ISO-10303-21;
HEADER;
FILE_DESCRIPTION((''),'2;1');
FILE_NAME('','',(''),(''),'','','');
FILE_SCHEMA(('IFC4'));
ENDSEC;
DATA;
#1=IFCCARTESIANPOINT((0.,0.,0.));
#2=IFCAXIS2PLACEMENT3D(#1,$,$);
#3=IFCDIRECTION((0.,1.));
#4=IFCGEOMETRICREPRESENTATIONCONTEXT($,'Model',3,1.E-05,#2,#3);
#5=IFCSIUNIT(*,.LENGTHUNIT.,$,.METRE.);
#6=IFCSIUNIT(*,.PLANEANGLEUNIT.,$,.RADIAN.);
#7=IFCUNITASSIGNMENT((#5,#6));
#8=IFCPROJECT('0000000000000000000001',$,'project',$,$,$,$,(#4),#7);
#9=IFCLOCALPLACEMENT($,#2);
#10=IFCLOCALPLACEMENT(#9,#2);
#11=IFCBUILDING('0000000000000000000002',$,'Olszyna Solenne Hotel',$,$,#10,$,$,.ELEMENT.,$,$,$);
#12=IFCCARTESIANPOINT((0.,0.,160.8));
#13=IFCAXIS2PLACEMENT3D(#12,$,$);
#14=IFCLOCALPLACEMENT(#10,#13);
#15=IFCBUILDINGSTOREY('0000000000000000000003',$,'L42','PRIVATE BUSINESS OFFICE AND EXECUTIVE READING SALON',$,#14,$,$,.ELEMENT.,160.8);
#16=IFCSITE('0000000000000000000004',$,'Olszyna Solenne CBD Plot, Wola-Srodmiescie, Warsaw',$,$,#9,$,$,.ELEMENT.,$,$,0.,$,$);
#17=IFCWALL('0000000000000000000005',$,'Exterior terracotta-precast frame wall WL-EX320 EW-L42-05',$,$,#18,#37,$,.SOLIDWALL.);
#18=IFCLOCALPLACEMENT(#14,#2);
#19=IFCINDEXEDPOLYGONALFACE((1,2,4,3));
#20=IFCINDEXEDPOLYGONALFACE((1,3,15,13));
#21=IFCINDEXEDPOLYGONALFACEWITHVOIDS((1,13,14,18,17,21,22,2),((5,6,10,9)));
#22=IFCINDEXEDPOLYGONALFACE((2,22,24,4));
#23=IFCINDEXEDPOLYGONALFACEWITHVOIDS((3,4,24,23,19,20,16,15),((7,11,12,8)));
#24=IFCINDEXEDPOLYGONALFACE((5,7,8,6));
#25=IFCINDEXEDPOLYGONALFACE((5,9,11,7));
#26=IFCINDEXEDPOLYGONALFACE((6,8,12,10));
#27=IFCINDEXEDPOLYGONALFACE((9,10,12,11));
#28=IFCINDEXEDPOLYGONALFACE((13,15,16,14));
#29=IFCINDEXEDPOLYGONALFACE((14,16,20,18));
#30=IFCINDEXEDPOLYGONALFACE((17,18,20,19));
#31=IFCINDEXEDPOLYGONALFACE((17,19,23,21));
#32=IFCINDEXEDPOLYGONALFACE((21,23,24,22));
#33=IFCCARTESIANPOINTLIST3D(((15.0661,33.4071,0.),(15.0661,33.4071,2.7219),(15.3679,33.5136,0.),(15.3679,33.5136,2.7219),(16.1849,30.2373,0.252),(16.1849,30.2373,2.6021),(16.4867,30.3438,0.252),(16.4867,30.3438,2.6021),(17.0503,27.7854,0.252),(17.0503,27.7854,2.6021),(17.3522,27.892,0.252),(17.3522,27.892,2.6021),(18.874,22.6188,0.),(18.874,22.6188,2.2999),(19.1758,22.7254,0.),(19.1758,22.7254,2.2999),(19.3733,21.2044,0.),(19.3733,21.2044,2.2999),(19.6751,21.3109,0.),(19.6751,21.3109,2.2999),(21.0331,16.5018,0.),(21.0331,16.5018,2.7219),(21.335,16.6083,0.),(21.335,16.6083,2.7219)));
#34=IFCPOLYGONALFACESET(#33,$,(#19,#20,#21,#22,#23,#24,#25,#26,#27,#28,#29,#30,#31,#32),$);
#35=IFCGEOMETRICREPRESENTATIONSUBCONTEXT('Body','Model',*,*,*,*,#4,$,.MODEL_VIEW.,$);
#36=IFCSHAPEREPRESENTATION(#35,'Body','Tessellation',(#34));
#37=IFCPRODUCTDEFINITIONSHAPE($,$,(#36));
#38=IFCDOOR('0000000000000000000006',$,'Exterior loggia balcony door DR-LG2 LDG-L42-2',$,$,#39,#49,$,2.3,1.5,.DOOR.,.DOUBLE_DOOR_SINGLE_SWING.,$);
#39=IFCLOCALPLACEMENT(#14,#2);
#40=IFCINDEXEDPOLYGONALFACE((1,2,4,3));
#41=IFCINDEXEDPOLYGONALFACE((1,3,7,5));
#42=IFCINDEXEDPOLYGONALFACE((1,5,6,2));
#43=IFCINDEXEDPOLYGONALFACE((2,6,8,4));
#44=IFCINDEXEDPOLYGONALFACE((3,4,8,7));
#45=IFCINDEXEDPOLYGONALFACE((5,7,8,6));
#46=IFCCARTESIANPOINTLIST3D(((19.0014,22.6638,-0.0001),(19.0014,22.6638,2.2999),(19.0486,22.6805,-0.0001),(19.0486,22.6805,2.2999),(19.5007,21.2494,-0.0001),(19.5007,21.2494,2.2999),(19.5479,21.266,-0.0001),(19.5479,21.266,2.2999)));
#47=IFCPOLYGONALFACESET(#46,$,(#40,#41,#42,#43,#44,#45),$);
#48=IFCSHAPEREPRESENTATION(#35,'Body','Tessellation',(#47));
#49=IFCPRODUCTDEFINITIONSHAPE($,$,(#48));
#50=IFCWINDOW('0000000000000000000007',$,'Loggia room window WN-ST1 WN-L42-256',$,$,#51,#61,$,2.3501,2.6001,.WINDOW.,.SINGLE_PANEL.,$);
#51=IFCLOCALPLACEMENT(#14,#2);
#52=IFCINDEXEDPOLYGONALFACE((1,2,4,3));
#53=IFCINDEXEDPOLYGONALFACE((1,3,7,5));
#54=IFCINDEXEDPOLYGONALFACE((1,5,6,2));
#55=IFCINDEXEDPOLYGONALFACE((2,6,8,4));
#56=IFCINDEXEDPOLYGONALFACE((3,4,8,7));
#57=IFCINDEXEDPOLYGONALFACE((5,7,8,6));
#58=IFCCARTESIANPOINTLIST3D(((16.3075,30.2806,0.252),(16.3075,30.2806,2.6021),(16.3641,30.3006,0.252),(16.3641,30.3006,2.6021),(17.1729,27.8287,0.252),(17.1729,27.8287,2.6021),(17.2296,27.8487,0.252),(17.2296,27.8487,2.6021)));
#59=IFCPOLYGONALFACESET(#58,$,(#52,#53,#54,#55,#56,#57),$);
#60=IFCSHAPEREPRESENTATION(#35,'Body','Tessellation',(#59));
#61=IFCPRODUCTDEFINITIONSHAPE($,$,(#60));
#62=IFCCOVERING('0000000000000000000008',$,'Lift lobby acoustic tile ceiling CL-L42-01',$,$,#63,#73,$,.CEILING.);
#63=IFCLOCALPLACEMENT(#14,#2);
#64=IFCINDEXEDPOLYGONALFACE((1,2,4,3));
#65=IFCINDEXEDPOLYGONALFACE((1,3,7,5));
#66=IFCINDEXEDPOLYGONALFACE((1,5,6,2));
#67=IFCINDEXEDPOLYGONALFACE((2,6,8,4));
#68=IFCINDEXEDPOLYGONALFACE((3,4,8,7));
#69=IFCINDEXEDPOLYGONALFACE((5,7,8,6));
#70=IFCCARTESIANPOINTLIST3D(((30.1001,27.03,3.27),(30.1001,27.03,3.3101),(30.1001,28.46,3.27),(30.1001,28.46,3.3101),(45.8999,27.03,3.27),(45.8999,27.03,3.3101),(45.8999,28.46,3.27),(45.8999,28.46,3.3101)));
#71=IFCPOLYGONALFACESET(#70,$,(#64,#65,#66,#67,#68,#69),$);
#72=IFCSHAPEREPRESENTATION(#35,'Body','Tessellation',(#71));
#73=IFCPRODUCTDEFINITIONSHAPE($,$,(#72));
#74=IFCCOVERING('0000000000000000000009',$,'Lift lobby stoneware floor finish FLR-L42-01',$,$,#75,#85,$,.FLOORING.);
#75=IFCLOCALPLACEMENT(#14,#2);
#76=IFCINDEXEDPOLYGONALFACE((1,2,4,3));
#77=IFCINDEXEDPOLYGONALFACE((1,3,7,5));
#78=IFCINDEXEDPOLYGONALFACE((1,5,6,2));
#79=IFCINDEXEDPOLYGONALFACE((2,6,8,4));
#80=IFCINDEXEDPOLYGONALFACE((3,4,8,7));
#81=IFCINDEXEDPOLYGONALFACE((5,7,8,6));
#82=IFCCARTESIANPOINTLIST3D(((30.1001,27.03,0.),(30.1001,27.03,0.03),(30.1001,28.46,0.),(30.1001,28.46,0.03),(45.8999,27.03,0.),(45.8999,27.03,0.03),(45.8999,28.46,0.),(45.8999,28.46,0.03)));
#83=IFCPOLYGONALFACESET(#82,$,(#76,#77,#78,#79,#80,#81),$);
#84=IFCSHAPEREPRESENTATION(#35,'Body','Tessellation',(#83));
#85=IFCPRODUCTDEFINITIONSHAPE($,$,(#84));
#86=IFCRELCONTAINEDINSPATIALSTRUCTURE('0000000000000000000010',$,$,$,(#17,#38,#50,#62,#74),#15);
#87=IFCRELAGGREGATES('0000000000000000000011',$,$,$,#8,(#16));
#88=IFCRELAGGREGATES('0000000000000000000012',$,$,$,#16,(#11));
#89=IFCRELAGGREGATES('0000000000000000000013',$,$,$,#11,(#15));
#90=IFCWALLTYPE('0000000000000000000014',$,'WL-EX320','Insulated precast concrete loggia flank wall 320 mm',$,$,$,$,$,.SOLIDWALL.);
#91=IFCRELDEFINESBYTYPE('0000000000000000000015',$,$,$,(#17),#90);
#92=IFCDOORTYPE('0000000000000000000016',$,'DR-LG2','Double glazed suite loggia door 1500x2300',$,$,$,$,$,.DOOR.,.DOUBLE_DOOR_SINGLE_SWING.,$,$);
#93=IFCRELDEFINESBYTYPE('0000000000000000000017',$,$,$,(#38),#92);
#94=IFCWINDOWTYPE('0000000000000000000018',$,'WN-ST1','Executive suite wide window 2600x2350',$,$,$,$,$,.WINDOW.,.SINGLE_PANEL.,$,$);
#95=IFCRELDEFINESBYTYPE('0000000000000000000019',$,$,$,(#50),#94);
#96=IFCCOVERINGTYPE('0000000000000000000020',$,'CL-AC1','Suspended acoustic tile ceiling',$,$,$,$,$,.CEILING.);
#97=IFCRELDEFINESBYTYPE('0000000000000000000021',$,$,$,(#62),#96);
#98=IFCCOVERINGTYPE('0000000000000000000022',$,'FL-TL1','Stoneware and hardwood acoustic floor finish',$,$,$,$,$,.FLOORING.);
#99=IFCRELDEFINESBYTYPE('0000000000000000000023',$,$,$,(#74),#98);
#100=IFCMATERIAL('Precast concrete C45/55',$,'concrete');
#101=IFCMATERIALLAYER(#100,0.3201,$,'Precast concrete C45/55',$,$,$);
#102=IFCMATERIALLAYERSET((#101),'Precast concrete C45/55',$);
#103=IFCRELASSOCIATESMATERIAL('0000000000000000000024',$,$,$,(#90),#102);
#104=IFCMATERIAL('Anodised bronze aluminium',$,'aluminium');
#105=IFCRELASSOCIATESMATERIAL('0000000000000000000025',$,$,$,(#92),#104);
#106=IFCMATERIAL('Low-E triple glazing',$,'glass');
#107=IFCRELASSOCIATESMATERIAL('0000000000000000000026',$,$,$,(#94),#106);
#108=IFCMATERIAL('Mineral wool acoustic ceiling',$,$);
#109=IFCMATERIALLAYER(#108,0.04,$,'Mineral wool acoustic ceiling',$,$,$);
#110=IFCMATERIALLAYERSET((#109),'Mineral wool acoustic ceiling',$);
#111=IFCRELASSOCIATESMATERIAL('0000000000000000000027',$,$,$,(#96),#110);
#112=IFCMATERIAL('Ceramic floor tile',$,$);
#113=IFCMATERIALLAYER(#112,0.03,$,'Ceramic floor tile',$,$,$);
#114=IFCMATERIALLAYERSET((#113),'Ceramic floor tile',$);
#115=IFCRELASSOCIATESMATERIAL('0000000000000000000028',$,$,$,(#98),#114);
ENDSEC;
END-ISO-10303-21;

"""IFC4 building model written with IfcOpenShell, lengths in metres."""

from ifc_helpers import new_model, si_unit, direction, frame, frame_2d, origin, place, context, subcontext, project, spatial, polyline, rectangle, outline, extrude, source, transform, mapped, material, layer, layer_set, type_object, type_shapes, element, fill, save


model = new_model("IFC4")

# Units and contexts
model_context = context("Model", 3, precision=1e-05, world=origin(), true_north=direction((0.0, 1.0)))
body_context = subcontext(model_context, "Body", "Model", "MODEL_VIEW")
ifc_project = project(units=[si_unit("LENGTHUNIT", "METRE"), si_unit("PLANEANGLEUNIT", "RADIAN")], contexts=[model_context])

# Site, building, storey
site_placement = place(None, origin())
site = spatial("IfcSite", under=ifc_project, at=site_placement, Name="Olszyna Solenne CBD Plot, Wola-Srodmiescie, Warsaw", CompositionType="ELEMENT", RefElevation=0.0)
building_placement = place(site_placement, origin())
building = spatial("IfcBuilding", under=site, at=building_placement, Name="Olszyna Solenne Hotel", CompositionType="ELEMENT")
storey_placement = place(building_placement, frame((0.0, 0.0, 160.8)))
storey = spatial("IfcBuildingStorey", under=building, at=storey_placement, Name="L42", Description="PRIVATE BUSINESS OFFICE AND EXECUTIVE READING SALON", CompositionType="ELEMENT", Elevation=160.8)

# Shared definitions
ifc_material_1 = material(Name="Anodised bronze aluminium", Category="aluminium")

# Shared definitions
ifc_material_2 = material(Name="Precast concrete C45/55", Category="concrete")

# Shared definitions
ifc_material_3 = material(Name="Low-E triple glazing", Category="glass")

# Wall, openings, door, window
ifc_layer_1 = layer(ifc_material_2, 0.3201, Name="Precast concrete C45/55")
ifc_layer_set_1 = layer_set([ifc_layer_1], Name="Precast concrete C45/55")
wall_type = type_object("IfcWallType", Name="WL-EX320", Description="Insulated precast concrete loggia flank wall 320 mm", PredefinedType="SOLIDWALL", material=ifc_layer_set_1)
wall_placement = place(storey_placement, frame((21.1841, 16.5549, 0.0), z_axis=(0.0, 0.0, 1.0), x_axis=(-0.332844, 0.942982, 0.0)))
wall = element("IfcWall", 1, at=wall_placement, inside=storey, type_object=wall_type, Name="Exterior terracotta-precast frame wall WL-EX320 EW-L42-05", PredefinedType="SOLIDWALL", context=body_context, shape_type="SweptSolid", body=[
    extrude(rectangle(XDim=17.9275, YDim=0.3201, at=frame_2d((8.9639, 0.0))), origin(), (0.0, 0.0, 1.0), 2.7219),
])
opening_1_placement = place(wall_placement, frame((4.9871, 0.0, 0.0)))
opening_1 = element("IfcOpeningElement", 2, at=opening_1_placement, cuts=wall, PredefinedType="OPENING", context=body_context, shape_type="SweptSolid", body=[
    extrude(rectangle(XDim=1.5, YDim=2.3, at=frame_2d((0.75, 1.1499))), frame((0.0, 0.1699, 0.0), z_axis=(0.0, -1.0, 0.0), x_axis=(1.0, 0.0, 0.0)), (0.0, 0.0, 1.0), 0.3401),
])
opening_2_placement = place(wall_placement, frame((11.9661, 0.0, 0.252)))
opening_2 = element("IfcOpeningElement", 3, at=opening_2_placement, cuts=wall, PredefinedType="OPENING", context=body_context, shape_type="SweptSolid", body=[
    extrude(rectangle(XDim=2.6001, YDim=2.3501, at=frame_2d((1.3, 1.175))), frame((0.0, 0.1699, 0.0), z_axis=(0.0, -1.0, 0.0), x_axis=(1.0, 0.0, 0.0)), (0.0, 0.0, 1.0), 0.3401),
])
door_type = type_object("IfcDoorType", Name="DR-LG2", Description="Double glazed suite loggia door 1500x2300", OperationType="DOUBLE_DOOR_SINGLE_SWING", PredefinedType="DOOR", material=ifc_material_1)
shared_shape_1 = source(origin(), body_context, "Body", "SweptSolid", [
    extrude(rectangle(XDim=1.5, YDim=2.3, at=frame_2d((0.75, 1.1499))), frame((0.0, 0.0249, 0.0), z_axis=(0.0, -1.0, 0.0), x_axis=(1.0, 0.0, 0.0)), (0.0, 0.0, 1.0), 0.05),
])
type_shapes(door_type, [shared_shape_1])
door_placement = place(opening_1_placement, origin())
door = element("IfcDoor", 4, at=door_placement, inside=storey, type_object=door_type, Name="Exterior loggia balcony door DR-LG2 LDG-L42-2", OperationType="DOUBLE_DOOR_SINGLE_SWING", OverallHeight=2.3, OverallWidth=1.5, PredefinedType="DOOR", context=body_context, shape_type="MappedRepresentation", body=[
    mapped(shared_shape_1, transform((0.0, 0.0, 0.0), x_axis=(1.0, 0.0, 0.0), y_axis=(0.0, 1.0, 0.0), z_axis=(0.0, 0.0, 1.0), scale=1.0)),
])
fill(opening_1, door)
window_type = type_object("IfcWindowType", Name="WN-ST1", Description="Executive suite wide window 2600x2350", PartitioningType="SINGLE_PANEL", PredefinedType="WINDOW", material=ifc_material_3)
shared_shape_2 = source(origin(), body_context, "Body", "SweptSolid", [
    extrude(rectangle(XDim=2.6001, YDim=2.3501, at=frame_2d((1.3, 1.175))), frame((0.0, 0.03, 0.0), z_axis=(0.0, -1.0, 0.0), x_axis=(1.0, 0.0, 0.0)), (0.0, 0.0, 1.0), 0.0601),
])
type_shapes(window_type, [shared_shape_2])
window_placement = place(opening_2_placement, origin())
window = element("IfcWindow", 5, at=window_placement, inside=storey, type_object=window_type, Name="Loggia room window WN-ST1 WN-L42-256", OverallHeight=2.3501, OverallWidth=2.6001, PartitioningType="SINGLE_PANEL", PredefinedType="WINDOW", context=body_context, shape_type="MappedRepresentation", body=[
    mapped(shared_shape_2, transform((0.0, 0.0, 0.0), x_axis=(1.0, 0.0, 0.0), y_axis=(0.0, 1.0, 0.0), z_axis=(0.0, 0.0, 1.0), scale=1.0)),
])
fill(opening_2, window)

# Coverings
ifc_material_4 = material(Name="Mineral wool acoustic ceiling")
ifc_layer_2 = layer(ifc_material_4, 0.04, Name="Mineral wool acoustic ceiling")
ifc_layer_set_2 = layer_set([ifc_layer_2], Name="Mineral wool acoustic ceiling")
covering_type_1 = type_object("IfcCoveringType", Name="CL-AC1", Description="Suspended acoustic tile ceiling", PredefinedType="CEILING", material=ifc_layer_set_2)
covering_1_placement = place(storey_placement, frame((0.0, 0.0, 3.27)))
element("IfcCovering", 6, at=covering_1_placement, inside=storey, type_object=covering_type_1, Name="Lift lobby acoustic tile ceiling CL-L42-01", PredefinedType="CEILING", context=body_context, shape_type="SweptSolid", body=[
    extrude(outline(polyline([(30.1001, 27.03), (45.8999, 27.03), (45.8999, 28.46), (30.1001, 28.46), (30.1001, 27.03)])), origin(), (0.0, 0.0, 1.0), 0.04),
])
ifc_material_5 = material(Name="Ceramic floor tile")
ifc_layer_3 = layer(ifc_material_5, 0.03, Name="Ceramic floor tile")
ifc_layer_set_3 = layer_set([ifc_layer_3], Name="Ceramic floor tile")
covering_type_2 = type_object("IfcCoveringType", Name="FL-TL1", Description="Stoneware and hardwood acoustic floor finish", PredefinedType="FLOORING", material=ifc_layer_set_3)
covering_2_placement = place(storey_placement, origin())
element("IfcCovering", 7, at=covering_2_placement, inside=storey, type_object=covering_type_2, Name="Lift lobby stoneware floor finish FLR-L42-01", PredefinedType="FLOORING", context=body_context, shape_type="SweptSolid", body=[
    extrude(outline(polyline([(30.1001, 27.03), (45.8999, 27.03), (45.8999, 28.46), (30.1001, 28.46), (30.1001, 27.03)])), origin(), (0.0, 0.0, 1.0), 0.03),
])

save(model, "model.ifc")
